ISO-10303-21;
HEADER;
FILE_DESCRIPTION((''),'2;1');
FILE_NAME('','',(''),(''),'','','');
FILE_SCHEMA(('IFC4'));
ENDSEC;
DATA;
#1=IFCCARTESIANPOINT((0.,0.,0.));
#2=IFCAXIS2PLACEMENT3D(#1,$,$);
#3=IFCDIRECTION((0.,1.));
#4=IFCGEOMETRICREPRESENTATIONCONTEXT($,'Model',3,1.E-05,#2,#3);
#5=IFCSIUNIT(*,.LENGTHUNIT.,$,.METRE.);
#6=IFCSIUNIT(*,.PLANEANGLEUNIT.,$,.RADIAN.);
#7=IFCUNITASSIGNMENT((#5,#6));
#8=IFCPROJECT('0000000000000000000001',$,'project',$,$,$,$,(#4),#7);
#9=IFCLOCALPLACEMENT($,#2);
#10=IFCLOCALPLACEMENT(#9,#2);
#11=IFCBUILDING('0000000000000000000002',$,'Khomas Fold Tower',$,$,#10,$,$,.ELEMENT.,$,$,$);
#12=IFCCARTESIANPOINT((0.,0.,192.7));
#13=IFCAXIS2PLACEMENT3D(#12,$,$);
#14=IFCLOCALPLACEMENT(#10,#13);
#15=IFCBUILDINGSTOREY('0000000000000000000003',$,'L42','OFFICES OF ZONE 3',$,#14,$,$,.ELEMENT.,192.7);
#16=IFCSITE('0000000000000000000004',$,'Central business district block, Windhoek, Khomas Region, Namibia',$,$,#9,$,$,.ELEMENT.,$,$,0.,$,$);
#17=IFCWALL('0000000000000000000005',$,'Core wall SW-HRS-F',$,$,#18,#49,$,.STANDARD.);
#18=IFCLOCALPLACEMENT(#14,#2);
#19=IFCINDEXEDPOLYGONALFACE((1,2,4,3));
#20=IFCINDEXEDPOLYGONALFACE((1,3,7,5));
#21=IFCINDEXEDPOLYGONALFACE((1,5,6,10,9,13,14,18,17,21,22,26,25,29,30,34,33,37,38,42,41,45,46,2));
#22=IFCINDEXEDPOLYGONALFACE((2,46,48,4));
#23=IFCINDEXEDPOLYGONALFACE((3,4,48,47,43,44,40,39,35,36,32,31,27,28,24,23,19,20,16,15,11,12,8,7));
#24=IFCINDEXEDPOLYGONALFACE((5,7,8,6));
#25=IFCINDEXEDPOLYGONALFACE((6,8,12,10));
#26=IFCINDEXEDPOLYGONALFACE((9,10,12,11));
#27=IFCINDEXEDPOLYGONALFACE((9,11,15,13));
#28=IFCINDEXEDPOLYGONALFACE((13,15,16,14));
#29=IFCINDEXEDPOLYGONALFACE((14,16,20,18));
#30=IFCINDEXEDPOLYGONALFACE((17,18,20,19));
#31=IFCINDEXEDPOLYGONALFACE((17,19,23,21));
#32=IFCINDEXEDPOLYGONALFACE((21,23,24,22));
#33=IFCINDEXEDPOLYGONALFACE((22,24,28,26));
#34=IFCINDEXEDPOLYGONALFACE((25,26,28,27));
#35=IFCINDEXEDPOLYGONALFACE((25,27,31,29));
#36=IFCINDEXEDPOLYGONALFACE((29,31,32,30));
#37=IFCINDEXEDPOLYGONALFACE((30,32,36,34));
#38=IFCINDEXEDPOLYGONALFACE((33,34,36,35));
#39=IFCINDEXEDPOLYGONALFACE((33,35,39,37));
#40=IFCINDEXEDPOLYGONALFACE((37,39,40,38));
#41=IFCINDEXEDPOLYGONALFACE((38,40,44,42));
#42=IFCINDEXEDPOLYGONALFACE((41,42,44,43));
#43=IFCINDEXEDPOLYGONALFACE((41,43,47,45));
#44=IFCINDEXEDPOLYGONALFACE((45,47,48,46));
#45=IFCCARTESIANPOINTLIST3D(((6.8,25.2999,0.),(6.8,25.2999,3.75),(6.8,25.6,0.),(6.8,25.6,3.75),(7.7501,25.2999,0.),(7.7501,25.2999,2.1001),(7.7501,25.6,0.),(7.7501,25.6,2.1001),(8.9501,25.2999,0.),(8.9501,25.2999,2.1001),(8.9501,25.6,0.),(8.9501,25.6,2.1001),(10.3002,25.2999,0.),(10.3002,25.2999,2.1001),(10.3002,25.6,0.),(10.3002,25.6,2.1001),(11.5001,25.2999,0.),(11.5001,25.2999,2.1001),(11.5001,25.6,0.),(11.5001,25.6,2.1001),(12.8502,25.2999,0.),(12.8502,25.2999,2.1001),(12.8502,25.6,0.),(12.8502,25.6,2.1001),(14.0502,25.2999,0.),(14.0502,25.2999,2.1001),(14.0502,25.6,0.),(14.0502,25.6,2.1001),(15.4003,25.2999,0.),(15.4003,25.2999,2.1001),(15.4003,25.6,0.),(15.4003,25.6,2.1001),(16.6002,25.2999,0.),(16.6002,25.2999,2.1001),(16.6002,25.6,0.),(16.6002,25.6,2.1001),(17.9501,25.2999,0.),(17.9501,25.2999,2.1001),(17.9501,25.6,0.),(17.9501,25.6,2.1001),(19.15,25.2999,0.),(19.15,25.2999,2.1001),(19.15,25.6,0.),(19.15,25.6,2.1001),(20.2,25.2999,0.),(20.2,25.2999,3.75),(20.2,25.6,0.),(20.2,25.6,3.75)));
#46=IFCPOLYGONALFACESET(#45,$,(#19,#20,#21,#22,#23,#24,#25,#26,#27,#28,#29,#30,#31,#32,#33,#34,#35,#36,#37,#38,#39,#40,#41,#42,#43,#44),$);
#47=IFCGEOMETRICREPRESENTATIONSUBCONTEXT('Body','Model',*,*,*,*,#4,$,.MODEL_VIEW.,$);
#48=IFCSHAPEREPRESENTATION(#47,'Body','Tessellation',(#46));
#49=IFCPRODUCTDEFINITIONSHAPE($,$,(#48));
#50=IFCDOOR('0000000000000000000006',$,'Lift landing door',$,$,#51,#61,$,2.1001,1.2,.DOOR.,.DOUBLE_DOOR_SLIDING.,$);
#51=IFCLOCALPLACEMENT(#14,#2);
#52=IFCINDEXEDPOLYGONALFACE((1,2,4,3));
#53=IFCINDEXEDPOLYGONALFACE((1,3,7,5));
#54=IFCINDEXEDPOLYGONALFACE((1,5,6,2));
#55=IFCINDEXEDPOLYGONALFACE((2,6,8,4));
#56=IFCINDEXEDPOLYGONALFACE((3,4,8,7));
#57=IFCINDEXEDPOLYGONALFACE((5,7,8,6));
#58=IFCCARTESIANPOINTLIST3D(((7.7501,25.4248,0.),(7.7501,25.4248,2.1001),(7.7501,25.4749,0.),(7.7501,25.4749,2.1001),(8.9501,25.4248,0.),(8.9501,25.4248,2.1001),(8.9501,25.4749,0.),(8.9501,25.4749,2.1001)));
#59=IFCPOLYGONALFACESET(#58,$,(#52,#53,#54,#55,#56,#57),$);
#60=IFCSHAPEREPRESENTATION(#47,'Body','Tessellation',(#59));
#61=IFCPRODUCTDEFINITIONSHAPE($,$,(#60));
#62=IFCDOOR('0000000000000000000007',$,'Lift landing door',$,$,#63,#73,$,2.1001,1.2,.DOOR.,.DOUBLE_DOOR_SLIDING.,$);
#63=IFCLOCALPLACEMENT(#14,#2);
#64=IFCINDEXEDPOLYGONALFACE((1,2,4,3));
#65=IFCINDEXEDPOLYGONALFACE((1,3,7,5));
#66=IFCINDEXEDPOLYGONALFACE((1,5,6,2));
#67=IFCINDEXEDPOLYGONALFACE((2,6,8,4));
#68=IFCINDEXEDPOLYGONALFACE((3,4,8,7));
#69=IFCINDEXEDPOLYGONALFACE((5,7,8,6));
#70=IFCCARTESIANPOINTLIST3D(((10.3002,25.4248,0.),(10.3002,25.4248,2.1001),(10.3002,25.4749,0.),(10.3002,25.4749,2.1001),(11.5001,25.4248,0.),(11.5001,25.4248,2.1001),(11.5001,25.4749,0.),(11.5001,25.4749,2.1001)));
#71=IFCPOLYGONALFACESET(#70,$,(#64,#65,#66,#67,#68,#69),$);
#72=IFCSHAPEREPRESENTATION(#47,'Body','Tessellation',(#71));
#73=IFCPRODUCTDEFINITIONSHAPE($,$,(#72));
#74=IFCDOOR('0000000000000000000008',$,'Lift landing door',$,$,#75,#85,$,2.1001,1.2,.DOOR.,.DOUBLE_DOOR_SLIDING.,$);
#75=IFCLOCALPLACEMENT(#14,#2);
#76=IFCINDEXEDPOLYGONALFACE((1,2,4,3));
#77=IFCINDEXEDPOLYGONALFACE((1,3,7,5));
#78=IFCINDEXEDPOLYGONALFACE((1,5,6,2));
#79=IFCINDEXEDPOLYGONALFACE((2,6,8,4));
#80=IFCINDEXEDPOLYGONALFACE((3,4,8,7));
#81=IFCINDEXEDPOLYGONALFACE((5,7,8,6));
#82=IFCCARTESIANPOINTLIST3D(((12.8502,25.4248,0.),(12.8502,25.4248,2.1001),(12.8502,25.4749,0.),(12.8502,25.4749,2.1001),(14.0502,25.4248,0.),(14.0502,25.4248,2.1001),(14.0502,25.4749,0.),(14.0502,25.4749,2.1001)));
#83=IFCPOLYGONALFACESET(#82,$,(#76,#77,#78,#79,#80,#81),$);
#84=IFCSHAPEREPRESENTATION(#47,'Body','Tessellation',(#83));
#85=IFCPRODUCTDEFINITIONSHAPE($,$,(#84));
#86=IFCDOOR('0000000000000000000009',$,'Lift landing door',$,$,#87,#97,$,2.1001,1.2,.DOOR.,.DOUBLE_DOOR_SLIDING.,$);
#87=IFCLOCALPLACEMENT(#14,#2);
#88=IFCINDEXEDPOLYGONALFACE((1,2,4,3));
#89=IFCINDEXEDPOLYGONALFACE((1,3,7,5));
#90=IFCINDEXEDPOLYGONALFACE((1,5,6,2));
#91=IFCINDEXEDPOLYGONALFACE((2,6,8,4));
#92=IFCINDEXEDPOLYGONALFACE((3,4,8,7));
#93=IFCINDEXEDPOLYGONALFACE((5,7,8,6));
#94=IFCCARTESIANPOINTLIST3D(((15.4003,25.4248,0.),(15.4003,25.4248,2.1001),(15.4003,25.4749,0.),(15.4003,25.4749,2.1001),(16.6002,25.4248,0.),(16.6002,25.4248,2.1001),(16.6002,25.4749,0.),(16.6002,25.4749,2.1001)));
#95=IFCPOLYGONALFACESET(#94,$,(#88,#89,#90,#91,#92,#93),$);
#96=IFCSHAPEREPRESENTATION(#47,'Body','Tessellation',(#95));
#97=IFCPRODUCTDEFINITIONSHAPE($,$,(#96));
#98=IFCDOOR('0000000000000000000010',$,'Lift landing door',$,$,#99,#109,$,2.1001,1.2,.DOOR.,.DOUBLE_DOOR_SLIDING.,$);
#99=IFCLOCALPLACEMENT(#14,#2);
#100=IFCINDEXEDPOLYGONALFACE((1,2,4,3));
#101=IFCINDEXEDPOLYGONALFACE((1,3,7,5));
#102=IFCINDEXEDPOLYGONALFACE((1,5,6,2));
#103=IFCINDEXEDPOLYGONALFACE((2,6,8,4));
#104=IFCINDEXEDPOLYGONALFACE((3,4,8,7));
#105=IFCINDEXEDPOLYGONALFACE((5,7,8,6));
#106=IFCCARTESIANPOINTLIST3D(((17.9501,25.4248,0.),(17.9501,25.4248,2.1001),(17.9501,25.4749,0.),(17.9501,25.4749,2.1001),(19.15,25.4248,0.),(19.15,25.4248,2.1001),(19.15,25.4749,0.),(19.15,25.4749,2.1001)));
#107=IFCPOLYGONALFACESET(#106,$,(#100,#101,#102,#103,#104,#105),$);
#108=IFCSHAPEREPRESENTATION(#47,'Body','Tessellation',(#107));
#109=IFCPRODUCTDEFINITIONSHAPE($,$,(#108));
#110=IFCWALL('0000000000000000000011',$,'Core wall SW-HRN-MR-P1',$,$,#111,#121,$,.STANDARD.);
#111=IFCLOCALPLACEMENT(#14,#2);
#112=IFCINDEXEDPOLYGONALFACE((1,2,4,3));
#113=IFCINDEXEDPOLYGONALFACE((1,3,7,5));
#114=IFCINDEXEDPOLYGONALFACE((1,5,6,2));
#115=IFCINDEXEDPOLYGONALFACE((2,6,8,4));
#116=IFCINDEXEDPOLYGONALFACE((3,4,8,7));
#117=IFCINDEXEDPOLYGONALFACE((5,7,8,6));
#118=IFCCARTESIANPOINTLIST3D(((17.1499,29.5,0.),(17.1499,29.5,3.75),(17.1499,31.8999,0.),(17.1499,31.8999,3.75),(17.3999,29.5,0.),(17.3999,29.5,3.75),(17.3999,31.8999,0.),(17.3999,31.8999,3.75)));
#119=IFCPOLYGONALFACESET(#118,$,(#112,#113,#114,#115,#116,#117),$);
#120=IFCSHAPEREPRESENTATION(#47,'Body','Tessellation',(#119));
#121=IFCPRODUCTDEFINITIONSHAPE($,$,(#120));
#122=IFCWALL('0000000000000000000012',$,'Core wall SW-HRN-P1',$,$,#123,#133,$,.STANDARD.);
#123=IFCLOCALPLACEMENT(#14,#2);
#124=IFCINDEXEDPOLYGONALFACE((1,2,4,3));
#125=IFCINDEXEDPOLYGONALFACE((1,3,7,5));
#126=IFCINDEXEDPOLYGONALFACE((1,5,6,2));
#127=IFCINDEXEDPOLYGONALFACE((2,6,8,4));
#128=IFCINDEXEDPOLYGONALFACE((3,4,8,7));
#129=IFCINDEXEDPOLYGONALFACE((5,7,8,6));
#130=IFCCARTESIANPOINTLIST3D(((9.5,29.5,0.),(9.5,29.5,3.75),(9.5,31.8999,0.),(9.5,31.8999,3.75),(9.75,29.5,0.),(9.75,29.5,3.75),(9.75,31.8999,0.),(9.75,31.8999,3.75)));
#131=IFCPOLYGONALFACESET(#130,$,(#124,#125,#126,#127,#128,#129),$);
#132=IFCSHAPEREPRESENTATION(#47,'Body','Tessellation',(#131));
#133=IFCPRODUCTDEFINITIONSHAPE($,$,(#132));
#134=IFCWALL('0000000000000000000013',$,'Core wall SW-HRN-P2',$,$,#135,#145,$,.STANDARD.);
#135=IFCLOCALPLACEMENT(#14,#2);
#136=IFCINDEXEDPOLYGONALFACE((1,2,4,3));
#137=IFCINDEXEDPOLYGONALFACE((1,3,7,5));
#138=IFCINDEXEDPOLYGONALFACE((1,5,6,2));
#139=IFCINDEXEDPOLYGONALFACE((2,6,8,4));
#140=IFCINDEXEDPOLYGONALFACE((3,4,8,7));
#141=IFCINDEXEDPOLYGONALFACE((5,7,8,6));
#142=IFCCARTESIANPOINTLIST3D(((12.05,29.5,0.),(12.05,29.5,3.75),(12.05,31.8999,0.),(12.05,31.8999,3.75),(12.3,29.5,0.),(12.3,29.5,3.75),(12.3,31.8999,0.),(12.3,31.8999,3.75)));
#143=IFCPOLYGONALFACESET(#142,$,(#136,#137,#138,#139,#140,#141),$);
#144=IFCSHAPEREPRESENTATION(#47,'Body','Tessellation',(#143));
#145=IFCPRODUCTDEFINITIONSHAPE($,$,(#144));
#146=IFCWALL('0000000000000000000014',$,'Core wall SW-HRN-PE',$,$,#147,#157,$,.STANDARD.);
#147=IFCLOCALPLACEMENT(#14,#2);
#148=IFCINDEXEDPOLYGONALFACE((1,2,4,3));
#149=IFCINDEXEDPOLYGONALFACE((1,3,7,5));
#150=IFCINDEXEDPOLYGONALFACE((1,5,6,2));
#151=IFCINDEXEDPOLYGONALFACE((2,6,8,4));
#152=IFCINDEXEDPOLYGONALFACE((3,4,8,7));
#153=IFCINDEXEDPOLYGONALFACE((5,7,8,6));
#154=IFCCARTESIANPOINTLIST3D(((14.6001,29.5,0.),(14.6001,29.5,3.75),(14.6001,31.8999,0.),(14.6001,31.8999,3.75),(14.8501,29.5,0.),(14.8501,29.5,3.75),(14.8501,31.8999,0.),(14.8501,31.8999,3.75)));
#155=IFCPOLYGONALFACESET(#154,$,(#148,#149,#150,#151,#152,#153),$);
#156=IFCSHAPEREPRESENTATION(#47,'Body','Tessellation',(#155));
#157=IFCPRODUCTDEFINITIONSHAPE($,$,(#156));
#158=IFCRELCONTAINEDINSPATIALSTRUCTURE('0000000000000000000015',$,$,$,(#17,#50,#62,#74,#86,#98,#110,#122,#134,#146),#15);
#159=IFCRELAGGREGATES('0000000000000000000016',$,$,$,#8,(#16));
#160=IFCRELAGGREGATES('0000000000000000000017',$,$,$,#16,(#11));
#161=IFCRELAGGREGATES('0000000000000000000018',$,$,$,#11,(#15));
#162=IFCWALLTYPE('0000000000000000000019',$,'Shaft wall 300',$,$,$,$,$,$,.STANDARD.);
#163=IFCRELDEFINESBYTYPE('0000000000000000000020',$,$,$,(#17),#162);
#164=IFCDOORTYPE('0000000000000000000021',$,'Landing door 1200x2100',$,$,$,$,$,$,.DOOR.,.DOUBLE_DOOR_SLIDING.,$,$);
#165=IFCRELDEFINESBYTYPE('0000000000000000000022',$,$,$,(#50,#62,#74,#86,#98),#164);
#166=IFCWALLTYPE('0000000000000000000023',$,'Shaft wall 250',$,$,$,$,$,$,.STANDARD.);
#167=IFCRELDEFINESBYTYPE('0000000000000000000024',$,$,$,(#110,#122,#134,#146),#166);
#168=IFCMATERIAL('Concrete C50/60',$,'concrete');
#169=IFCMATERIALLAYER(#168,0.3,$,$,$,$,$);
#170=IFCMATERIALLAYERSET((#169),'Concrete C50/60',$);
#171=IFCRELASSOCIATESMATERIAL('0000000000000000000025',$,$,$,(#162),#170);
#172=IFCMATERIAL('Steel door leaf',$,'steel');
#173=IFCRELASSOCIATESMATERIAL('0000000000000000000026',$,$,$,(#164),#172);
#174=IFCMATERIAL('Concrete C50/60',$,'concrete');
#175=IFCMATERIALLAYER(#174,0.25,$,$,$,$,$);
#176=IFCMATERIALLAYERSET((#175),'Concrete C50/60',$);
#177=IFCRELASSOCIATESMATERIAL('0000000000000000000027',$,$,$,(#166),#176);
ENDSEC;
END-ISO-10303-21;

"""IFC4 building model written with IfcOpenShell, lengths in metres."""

from ifc_helpers import new_model, si_unit, direction, frame, frame_2d, origin, place, context, subcontext, project, spatial, rectangle, extrude, source, transform, mapped, material, layer, layer_set, type_object, element, fill, save


model = new_model("IFC4")

# Units and contexts
model_context = context("Model", 3, precision=1e-05, world=origin(), true_north=direction((0.0, 1.0)))
body_context = subcontext(model_context, "Body", "Model", "MODEL_VIEW")
ifc_project = project(units=[si_unit("LENGTHUNIT", "METRE"), si_unit("PLANEANGLEUNIT", "RADIAN")], contexts=[model_context])

# Site, building, storey
site_placement = place(None, origin())
site = spatial("IfcSite", under=ifc_project, at=site_placement, Name="Central business district block, Windhoek, Khomas Region, Namibia", CompositionType="ELEMENT", RefElevation=0.0)
building_placement = place(site_placement, origin())
building = spatial("IfcBuilding", under=site, at=building_placement, Name="Khomas Fold Tower", CompositionType="ELEMENT")
storey_placement = place(building_placement, frame((0.0, 0.0, 192.7)))
storey = spatial("IfcBuildingStorey", under=building, at=storey_placement, Name="L42", Description="OFFICES OF ZONE 3", CompositionType="ELEMENT", Elevation=192.7)

# Wall, openings, doors
ifc_material_1 = material(Name="Concrete C50/60", Category="concrete")
ifc_layer_1 = layer(ifc_material_1, 0.3)
ifc_layer_set_1 = layer_set([ifc_layer_1], Name="Concrete C50/60")
wall_type_1 = type_object("IfcWallType", Name="Shaft wall 300", PredefinedType="STANDARD", material=ifc_layer_set_1)
shared_shape_1 = source(origin(), body_context, "Body", "SweptSolid", [
    extrude(rectangle(XDim=13.3999, YDim=0.3, at=frame_2d((6.7, 0.0))), origin(), (0.0, 0.0, 1.0), 3.75),
])
shared_shape_2 = source(origin(), body_context, "Body", "SweptSolid", [
    extrude(rectangle(XDim=1.2, YDim=2.1001, at=frame_2d((0.6001, 1.05))), frame((0.0, 0.1599, 0.0), z_axis=(0.0, -1.0, 0.0), x_axis=(1.0, 0.0, 0.0)), (0.0, 0.0, 1.0), 0.3201),
])
ifc_material_2 = material(Name="Steel door leaf", Category="steel")
door_type = type_object("IfcDoorType", Name="Landing door 1200x2100", OperationType="DOUBLE_DOOR_SLIDING", PredefinedType="DOOR", material=ifc_material_2)
shared_shape_3 = source(origin(), body_context, "Body", "SweptSolid", [
    extrude(rectangle(XDim=1.2, YDim=2.1001, at=frame_2d((0.6001, 1.05))), frame((0.0, 0.0249, 0.0), z_axis=(0.0, -1.0, 0.0), x_axis=(1.0, 0.0, 0.0)), (0.0, 0.0, 1.0), 0.05),
])
wall_1_placement = place(storey_placement, frame((6.8, 25.45, 0.0), z_axis=(0.0, 0.0, 1.0), x_axis=(1.0, 0.0, 0.0)))
wall_1 = element("IfcWall", 1, at=wall_1_placement, inside=storey, type_object=wall_type_1, Name="Core wall SW-HRS-F", PredefinedType="STANDARD", context=body_context, shape_type="MappedRepresentation", body=[
    mapped(shared_shape_1, transform((0.0, 0.0, 0.0))),
])
opening_1_placement = place(wall_1_placement, frame((0.95, 0.0, 0.0)))
opening_1 = element("IfcOpeningElement", 2, at=opening_1_placement, cuts=wall_1, PredefinedType="OPENING", context=body_context, shape_type="MappedRepresentation", body=[
    mapped(shared_shape_2, transform((0.0, 0.0, 0.0))),
])
opening_2_placement = place(wall_1_placement, frame((3.5, 0.0, 0.0)))
opening_2 = element("IfcOpeningElement", 3, at=opening_2_placement, cuts=wall_1, PredefinedType="OPENING", context=body_context, shape_type="MappedRepresentation", body=[
    mapped(shared_shape_2, transform((0.0, 0.0, 0.0))),
])
opening_3_placement = place(wall_1_placement, frame((6.05, 0.0, 0.0)))
opening_3 = element("IfcOpeningElement", 4, at=opening_3_placement, cuts=wall_1, PredefinedType="OPENING", context=body_context, shape_type="MappedRepresentation", body=[
    mapped(shared_shape_2, transform((0.0, 0.0, 0.0))),
])
opening_4_placement = place(wall_1_placement, frame((8.6001, 0.0, 0.0)))
opening_4 = element("IfcOpeningElement", 5, at=opening_4_placement, cuts=wall_1, PredefinedType="OPENING", context=body_context, shape_type="MappedRepresentation", body=[
    mapped(shared_shape_2, transform((0.0, 0.0, 0.0))),
])
opening_5_placement = place(wall_1_placement, frame((11.1499, 0.0, 0.0)))
opening_5 = element("IfcOpeningElement", 6, at=opening_5_placement, cuts=wall_1, PredefinedType="OPENING", context=body_context, shape_type="MappedRepresentation", body=[
    mapped(shared_shape_2, transform((0.0, 0.0, 0.0))),
])
door_1_placement = place(opening_1_placement, origin())
door_1 = element("IfcDoor", 7, at=door_1_placement, inside=storey, type_object=door_type, Name="Lift landing door", OperationType="DOUBLE_DOOR_SLIDING", OverallHeight=2.1001, OverallWidth=1.2, PredefinedType="DOOR", context=body_context, shape_type="MappedRepresentation", body=[
    mapped(shared_shape_3, transform((0.0, 0.0, 0.0))),
])
fill(opening_1, door_1)
door_2_placement = place(opening_2_placement, origin())
door_2 = element("IfcDoor", 8, at=door_2_placement, inside=storey, type_object=door_type, Name="Lift landing door", OperationType="DOUBLE_DOOR_SLIDING", OverallHeight=2.1001, OverallWidth=1.2, PredefinedType="DOOR", context=body_context, shape_type="MappedRepresentation", body=[
    mapped(shared_shape_3, transform((0.0, 0.0, 0.0))),
])
fill(opening_2, door_2)
door_3_placement = place(opening_3_placement, origin())
door_3 = element("IfcDoor", 9, at=door_3_placement, inside=storey, type_object=door_type, Name="Lift landing door", OperationType="DOUBLE_DOOR_SLIDING", OverallHeight=2.1001, OverallWidth=1.2, PredefinedType="DOOR", context=body_context, shape_type="MappedRepresentation", body=[
    mapped(shared_shape_3, transform((0.0, 0.0, 0.0))),
])
fill(opening_3, door_3)
door_4_placement = place(opening_4_placement, origin())
door_4 = element("IfcDoor", 10, at=door_4_placement, inside=storey, type_object=door_type, Name="Lift landing door", OperationType="DOUBLE_DOOR_SLIDING", OverallHeight=2.1001, OverallWidth=1.2, PredefinedType="DOOR", context=body_context, shape_type="MappedRepresentation", body=[
    mapped(shared_shape_3, transform((0.0, 0.0, 0.0))),
])
fill(opening_4, door_4)
door_5_placement = place(opening_5_placement, origin())
door_5 = element("IfcDoor", 11, at=door_5_placement, inside=storey, type_object=door_type, Name="Lift landing door", OperationType="DOUBLE_DOOR_SLIDING", OverallHeight=2.1001, OverallWidth=1.2, PredefinedType="DOOR", context=body_context, shape_type="MappedRepresentation", body=[
    mapped(shared_shape_3, transform((0.0, 0.0, 0.0))),
])
fill(opening_5, door_5)

# Walls
ifc_material_3 = material(Name="Concrete C50/60", Category="concrete")
ifc_layer_2 = layer(ifc_material_3, 0.25)
ifc_layer_set_2 = layer_set([ifc_layer_2], Name="Concrete C50/60")
wall_type_2 = type_object("IfcWallType", Name="Shaft wall 250", PredefinedType="STANDARD", material=ifc_layer_set_2)
shared_shape_4 = source(origin(), body_context, "Body", "SweptSolid", [
    extrude(rectangle(XDim=2.3999, YDim=0.25, at=frame_2d((1.2, 0.0))), origin(), (0.0, 0.0, 1.0), 3.75),
])
for number, where, z_axis, x_axis, name in (
    (12, (17.2749, 29.5, 0.0), (0.0, 0.0, 1.0), (0.0, 1.0, 0.0), "Core wall SW-HRN-MR-P1"),
    (13, (9.625, 29.5, 0.0), (0.0, 0.0, 1.0), (0.0, 1.0, 0.0), "Core wall SW-HRN-P1"),
    (14, (12.175, 29.5, 0.0), (0.0, 0.0, 1.0), (0.0, 1.0, 0.0), "Core wall SW-HRN-P2"),
    (15, (14.7251, 29.5, 0.0), (0.0, 0.0, 1.0), (0.0, 1.0, 0.0), "Core wall SW-HRN-PE"),
):
    element("IfcWall", number, at=place(storey_placement, frame(where, z_axis=z_axis, x_axis=x_axis)), inside=storey, type_object=wall_type_2, Name=name, PredefinedType="STANDARD", context=body_context, shape_type="MappedRepresentation", body=[
        mapped(shared_shape_4, transform((0.0, 0.0, 0.0))),
    ])

save(model, "model.ifc")
